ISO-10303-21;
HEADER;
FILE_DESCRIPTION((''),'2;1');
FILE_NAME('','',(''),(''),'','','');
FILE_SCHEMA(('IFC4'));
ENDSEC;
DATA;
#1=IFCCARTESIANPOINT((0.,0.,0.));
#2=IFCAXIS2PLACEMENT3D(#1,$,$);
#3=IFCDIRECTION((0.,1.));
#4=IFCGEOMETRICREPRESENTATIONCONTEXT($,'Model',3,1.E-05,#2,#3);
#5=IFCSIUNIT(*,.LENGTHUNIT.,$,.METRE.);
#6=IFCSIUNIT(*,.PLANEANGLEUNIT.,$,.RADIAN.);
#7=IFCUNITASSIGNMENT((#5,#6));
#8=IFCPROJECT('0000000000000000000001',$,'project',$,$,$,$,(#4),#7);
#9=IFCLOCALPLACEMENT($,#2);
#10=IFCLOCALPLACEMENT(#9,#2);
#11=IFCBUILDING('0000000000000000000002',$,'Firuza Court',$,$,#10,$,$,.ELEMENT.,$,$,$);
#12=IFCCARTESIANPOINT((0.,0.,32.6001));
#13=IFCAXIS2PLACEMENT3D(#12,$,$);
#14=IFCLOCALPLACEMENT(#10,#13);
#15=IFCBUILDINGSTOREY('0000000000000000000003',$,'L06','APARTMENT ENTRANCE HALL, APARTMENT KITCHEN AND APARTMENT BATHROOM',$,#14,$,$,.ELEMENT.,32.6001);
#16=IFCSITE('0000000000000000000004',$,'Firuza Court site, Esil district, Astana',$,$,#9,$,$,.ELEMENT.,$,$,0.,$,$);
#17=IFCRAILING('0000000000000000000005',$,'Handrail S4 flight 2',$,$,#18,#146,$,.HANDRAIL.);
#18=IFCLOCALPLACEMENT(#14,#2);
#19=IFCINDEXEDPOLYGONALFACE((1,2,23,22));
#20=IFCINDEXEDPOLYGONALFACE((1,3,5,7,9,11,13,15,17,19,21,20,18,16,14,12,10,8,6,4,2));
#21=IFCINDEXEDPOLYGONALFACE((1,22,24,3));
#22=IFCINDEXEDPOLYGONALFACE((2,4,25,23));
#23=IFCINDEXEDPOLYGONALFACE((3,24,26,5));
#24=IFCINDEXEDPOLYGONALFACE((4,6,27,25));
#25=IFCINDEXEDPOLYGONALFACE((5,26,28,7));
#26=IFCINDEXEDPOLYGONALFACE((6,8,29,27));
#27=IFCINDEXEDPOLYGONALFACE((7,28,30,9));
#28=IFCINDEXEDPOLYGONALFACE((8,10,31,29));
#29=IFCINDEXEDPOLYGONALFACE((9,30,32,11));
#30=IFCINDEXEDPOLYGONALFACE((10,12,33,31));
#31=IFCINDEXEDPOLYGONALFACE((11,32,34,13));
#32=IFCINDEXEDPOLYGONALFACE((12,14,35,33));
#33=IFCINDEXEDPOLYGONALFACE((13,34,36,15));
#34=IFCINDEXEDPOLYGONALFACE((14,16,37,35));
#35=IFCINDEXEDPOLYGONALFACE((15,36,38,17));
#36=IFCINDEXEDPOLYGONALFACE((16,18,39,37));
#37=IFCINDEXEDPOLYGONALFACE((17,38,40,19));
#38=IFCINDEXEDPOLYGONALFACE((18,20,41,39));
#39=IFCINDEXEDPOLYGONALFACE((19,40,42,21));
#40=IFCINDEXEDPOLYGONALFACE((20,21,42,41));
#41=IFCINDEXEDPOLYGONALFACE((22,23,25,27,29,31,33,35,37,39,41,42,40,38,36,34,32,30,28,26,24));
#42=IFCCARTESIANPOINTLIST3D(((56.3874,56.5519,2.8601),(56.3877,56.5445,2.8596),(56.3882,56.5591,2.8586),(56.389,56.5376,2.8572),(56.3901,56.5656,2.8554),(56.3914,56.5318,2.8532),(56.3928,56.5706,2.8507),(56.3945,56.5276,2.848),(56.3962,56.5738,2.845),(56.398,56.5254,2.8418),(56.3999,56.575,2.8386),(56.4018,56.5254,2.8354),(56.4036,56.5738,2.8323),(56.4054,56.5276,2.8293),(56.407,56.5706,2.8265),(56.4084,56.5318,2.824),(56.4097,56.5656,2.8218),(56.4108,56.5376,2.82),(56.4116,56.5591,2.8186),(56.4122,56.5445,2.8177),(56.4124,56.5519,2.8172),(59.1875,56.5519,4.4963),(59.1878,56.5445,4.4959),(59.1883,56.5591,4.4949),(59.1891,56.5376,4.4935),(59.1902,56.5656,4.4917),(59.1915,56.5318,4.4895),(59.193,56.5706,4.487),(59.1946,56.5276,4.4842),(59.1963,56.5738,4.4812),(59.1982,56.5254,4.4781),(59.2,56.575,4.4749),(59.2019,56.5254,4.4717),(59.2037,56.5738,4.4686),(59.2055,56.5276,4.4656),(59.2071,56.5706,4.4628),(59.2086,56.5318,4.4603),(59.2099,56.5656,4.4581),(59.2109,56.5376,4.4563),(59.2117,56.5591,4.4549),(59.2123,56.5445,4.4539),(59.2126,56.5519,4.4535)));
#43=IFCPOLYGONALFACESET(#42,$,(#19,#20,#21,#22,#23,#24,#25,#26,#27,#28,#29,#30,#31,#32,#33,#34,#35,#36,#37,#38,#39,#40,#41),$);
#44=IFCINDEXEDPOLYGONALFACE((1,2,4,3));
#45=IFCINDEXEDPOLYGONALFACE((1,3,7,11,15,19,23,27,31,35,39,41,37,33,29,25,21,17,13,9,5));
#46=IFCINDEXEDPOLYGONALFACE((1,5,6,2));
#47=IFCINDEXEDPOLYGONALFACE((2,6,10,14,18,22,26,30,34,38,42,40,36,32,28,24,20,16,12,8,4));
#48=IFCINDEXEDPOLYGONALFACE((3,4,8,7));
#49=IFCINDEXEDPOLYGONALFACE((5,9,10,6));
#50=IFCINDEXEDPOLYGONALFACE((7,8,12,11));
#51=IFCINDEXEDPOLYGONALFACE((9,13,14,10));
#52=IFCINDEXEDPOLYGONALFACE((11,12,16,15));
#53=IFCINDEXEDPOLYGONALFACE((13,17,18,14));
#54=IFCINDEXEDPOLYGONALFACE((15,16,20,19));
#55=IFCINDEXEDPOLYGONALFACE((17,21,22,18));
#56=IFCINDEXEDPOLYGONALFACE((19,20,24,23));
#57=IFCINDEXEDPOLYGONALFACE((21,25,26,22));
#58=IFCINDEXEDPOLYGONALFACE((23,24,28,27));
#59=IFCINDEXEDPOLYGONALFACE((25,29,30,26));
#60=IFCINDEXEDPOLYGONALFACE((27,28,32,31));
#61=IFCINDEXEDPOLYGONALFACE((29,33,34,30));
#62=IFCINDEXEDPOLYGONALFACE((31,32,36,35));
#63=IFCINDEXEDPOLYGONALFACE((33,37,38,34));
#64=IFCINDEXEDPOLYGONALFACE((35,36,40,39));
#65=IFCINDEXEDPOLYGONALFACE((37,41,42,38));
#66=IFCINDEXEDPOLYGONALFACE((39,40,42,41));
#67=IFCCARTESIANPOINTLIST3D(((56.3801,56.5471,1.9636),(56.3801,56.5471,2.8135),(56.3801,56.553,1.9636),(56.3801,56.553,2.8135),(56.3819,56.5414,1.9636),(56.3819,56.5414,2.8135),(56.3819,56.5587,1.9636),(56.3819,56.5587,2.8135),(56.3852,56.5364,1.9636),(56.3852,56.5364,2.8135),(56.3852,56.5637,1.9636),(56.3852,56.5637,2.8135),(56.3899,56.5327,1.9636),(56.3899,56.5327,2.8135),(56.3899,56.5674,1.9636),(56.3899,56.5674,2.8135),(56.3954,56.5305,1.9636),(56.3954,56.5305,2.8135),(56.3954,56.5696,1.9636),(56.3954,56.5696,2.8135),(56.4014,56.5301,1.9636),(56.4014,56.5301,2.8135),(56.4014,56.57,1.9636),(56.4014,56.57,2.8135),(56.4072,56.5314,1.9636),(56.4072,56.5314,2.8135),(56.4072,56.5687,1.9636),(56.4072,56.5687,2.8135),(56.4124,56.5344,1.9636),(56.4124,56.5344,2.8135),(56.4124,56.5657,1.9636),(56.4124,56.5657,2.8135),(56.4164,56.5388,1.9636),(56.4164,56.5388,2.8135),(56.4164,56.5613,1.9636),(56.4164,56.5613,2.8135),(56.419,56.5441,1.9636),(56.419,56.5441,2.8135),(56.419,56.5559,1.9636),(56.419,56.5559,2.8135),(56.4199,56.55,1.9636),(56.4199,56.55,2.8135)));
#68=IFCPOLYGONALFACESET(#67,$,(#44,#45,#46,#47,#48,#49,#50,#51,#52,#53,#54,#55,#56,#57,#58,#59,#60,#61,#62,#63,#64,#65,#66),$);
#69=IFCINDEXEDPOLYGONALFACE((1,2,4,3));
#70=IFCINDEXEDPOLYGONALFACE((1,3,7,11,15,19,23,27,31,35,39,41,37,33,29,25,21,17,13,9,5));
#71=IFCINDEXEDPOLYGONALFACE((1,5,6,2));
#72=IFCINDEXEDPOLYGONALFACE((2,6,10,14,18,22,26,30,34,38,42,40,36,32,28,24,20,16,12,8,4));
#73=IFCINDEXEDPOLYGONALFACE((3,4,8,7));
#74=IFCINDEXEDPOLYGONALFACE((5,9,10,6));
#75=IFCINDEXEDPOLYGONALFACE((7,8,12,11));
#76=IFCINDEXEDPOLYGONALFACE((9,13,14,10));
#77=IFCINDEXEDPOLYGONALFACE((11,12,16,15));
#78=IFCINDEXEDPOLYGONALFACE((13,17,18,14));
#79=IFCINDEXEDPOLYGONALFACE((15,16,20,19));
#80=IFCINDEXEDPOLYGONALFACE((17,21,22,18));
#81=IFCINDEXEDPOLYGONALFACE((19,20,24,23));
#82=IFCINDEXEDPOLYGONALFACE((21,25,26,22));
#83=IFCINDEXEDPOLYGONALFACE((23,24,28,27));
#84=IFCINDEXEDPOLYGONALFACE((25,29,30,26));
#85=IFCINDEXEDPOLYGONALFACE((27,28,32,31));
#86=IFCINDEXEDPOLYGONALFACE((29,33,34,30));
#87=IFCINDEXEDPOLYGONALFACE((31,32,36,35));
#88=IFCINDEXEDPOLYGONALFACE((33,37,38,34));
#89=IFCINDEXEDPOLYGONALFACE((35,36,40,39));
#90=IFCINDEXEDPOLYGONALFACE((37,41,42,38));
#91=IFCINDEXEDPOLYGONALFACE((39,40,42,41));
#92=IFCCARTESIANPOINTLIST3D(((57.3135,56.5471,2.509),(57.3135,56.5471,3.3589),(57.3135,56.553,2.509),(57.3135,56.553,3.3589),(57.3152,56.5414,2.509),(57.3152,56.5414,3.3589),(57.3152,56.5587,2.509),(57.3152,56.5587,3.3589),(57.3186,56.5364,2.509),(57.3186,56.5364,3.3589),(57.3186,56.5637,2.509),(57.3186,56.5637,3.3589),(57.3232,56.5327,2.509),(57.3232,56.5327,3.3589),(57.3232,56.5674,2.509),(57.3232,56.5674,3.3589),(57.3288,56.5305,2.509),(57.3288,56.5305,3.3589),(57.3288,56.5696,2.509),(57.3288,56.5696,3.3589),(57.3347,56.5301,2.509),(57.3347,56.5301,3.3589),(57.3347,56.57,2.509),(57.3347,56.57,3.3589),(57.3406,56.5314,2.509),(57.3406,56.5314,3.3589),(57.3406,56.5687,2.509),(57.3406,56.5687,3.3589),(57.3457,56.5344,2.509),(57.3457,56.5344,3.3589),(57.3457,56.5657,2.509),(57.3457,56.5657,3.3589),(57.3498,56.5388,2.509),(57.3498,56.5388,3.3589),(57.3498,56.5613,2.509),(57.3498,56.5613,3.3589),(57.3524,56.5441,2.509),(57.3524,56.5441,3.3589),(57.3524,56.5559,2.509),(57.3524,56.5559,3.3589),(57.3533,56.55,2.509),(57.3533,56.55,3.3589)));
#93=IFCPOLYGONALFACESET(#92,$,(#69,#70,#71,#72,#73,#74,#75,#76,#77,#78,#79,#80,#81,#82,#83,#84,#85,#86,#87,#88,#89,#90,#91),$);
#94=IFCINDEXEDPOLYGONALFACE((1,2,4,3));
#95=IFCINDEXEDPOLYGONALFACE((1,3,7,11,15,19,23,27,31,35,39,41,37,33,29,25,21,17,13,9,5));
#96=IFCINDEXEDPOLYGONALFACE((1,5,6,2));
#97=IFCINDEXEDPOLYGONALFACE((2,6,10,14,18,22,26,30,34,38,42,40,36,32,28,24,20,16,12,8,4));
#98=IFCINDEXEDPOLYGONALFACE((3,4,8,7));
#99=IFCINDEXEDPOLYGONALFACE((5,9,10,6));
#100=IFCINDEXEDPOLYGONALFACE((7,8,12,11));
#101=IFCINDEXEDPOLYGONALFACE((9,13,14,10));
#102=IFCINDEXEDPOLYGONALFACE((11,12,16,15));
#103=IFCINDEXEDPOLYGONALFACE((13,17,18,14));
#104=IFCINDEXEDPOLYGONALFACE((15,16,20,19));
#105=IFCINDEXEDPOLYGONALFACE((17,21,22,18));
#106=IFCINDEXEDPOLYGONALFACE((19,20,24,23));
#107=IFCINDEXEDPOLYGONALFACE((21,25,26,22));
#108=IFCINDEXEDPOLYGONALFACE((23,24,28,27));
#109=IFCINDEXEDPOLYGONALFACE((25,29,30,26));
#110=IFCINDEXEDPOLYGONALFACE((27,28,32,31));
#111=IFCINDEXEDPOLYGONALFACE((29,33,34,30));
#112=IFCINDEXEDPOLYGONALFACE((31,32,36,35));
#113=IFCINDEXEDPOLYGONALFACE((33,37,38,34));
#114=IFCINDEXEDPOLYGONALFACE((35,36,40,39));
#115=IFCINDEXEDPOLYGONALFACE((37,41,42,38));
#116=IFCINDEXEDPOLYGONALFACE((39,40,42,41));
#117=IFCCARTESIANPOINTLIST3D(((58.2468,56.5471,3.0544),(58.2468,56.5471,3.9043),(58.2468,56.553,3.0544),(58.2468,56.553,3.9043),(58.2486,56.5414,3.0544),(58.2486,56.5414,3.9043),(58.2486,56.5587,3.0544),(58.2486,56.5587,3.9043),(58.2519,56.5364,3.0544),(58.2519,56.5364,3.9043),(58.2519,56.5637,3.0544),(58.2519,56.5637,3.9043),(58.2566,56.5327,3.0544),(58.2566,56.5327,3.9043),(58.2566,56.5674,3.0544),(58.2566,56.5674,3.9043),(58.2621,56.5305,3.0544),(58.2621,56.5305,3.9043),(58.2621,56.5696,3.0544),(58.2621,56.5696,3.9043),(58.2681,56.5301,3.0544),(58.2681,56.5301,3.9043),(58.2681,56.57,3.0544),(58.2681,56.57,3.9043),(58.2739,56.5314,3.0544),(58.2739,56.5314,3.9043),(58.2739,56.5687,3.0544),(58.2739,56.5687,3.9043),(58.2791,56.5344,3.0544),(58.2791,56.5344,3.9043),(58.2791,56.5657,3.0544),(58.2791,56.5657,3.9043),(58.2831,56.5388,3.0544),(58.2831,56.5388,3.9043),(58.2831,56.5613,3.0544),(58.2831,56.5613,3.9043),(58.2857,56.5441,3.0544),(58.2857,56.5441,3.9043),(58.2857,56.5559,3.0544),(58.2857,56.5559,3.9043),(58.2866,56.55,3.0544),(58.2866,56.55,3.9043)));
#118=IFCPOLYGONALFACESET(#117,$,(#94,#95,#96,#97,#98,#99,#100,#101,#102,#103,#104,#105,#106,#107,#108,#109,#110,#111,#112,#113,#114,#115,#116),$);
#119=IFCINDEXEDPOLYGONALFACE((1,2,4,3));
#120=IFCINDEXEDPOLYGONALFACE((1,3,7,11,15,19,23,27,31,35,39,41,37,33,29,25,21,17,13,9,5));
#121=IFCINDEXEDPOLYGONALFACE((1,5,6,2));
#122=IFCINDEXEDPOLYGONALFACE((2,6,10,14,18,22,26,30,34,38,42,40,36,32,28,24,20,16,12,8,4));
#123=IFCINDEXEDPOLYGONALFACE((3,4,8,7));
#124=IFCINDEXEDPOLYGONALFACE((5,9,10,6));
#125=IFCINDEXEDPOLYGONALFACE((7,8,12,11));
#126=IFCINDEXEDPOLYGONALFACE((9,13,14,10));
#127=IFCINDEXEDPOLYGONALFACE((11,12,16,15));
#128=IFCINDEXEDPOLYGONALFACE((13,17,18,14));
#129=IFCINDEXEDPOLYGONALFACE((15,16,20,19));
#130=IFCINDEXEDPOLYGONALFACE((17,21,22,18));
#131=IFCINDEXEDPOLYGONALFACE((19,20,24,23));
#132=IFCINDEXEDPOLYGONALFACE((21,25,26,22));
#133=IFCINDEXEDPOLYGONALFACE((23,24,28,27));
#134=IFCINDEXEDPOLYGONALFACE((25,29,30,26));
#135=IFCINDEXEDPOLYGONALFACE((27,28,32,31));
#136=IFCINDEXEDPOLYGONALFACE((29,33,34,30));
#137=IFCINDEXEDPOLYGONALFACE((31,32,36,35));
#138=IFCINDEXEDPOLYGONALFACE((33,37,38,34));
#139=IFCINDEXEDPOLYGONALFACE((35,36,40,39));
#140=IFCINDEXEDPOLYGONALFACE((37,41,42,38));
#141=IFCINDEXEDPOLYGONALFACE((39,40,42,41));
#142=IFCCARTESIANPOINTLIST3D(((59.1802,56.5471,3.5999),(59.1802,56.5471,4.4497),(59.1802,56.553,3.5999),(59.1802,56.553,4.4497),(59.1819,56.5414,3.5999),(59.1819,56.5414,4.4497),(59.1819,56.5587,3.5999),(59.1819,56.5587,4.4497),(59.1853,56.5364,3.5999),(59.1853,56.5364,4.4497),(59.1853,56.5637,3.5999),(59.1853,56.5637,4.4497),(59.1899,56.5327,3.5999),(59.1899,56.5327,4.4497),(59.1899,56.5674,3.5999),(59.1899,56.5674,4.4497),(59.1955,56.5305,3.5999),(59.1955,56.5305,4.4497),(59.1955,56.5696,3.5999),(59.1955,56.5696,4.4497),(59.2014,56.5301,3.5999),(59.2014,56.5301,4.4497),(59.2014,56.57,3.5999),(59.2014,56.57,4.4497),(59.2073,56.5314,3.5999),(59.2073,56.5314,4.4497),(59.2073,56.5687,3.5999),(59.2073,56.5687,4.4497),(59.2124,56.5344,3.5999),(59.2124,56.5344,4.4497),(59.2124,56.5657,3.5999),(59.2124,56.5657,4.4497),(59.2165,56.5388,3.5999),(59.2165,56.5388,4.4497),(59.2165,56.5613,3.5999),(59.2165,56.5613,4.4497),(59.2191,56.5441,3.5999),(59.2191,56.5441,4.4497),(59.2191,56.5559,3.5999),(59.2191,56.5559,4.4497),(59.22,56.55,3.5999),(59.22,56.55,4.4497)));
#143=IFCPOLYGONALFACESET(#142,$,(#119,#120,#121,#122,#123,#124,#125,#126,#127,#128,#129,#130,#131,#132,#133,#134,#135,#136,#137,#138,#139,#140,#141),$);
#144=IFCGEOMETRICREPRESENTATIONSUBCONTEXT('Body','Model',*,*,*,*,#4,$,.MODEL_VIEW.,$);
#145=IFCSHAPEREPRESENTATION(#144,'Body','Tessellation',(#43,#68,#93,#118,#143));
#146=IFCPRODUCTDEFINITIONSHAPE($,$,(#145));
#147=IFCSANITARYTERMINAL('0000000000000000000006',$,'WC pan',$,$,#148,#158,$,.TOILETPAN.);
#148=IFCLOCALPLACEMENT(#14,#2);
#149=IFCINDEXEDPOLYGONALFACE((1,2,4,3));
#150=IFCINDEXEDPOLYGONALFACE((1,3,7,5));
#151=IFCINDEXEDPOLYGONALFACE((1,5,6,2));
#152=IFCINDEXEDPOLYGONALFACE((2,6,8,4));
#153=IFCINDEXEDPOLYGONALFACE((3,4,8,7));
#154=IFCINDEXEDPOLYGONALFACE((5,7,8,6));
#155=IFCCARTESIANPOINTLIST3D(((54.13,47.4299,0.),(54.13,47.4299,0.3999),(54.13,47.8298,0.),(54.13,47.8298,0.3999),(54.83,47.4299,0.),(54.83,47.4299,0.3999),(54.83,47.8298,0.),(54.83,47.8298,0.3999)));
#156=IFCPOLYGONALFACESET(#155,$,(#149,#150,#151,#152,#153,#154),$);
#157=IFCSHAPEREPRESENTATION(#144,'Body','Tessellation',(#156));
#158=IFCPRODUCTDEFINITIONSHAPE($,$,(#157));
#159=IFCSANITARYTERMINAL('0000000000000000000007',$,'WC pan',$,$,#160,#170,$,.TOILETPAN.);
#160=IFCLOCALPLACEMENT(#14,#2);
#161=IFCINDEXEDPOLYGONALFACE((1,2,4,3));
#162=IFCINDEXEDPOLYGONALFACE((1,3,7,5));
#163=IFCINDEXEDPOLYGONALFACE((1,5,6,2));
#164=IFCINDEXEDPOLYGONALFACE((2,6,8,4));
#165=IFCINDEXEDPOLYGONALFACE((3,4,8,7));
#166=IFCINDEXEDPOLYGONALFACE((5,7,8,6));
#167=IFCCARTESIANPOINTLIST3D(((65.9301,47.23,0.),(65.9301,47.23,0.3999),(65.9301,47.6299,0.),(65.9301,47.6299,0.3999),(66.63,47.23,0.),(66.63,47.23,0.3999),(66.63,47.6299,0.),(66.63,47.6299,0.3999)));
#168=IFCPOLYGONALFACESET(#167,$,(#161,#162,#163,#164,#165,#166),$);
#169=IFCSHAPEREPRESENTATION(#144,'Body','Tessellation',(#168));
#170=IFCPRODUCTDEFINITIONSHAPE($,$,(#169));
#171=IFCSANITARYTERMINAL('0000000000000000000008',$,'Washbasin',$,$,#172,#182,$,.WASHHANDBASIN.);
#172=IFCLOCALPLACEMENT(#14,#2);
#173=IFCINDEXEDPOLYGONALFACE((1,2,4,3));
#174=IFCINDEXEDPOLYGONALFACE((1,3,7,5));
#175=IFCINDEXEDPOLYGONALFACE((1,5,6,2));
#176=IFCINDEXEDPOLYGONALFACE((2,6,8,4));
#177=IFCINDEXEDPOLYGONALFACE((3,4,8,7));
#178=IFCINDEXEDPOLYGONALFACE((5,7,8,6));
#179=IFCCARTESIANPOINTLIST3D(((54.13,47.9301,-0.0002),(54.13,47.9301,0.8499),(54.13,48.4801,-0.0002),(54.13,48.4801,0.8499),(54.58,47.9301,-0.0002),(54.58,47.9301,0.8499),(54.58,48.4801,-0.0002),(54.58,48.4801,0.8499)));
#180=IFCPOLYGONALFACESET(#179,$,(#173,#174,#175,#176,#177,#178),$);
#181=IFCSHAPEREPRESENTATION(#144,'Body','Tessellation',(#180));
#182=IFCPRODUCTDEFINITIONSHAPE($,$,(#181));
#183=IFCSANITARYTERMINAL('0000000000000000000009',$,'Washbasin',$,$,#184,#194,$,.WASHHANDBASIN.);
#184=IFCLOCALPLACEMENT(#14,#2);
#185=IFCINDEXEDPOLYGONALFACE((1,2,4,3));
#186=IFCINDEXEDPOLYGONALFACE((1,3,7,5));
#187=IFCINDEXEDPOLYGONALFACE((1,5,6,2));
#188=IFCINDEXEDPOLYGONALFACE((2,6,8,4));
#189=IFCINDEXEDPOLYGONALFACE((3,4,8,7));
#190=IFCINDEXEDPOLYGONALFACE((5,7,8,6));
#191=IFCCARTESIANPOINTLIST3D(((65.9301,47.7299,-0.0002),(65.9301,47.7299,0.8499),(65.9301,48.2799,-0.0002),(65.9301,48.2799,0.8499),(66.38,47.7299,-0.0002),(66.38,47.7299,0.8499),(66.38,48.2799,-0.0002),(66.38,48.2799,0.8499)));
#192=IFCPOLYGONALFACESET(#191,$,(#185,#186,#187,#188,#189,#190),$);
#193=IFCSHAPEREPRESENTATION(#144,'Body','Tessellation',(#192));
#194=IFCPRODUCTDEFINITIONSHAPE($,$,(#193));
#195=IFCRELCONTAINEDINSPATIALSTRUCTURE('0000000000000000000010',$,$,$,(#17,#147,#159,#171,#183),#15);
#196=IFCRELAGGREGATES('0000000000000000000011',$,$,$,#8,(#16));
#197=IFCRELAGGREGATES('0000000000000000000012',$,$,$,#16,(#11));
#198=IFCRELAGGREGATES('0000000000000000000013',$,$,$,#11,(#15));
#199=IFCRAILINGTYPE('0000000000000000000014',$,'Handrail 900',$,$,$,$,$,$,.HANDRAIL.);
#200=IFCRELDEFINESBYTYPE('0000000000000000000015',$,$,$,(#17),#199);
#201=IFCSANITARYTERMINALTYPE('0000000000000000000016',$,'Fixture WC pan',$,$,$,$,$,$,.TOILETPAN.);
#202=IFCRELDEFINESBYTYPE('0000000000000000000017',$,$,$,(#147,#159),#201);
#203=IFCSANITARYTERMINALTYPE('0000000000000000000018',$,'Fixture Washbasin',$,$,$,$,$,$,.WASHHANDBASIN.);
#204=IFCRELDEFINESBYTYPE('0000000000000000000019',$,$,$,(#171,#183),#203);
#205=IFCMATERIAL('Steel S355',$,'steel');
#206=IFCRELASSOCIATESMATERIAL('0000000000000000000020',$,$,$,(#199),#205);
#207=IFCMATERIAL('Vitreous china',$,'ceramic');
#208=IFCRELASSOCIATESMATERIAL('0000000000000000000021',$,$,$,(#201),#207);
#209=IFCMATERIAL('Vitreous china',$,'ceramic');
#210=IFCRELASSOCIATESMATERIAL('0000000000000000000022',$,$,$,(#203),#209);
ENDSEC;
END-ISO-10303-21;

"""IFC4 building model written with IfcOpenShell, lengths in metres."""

from ifc_helpers import new_model, si_unit, direction, frame, origin, origin_2d, place, context, subcontext, project, spatial, rectangle, circle, extrude, material, type_object, element, save


model = new_model("IFC4")

# Units and contexts
model_context = context("Model", 3, precision=1e-05, world=origin(), true_north=direction((0.0, 1.0)))
body_context = subcontext(model_context, "Body", "Model", "MODEL_VIEW")
ifc_project = project(units=[si_unit("LENGTHUNIT", "METRE"), si_unit("PLANEANGLEUNIT", "RADIAN")], contexts=[model_context])

# Site, building, storey
site_placement = place(None, origin())
site = spatial("IfcSite", under=ifc_project, at=site_placement, Name="Firuza Court site, Esil district, Astana", CompositionType="ELEMENT", RefElevation=0.0)
building_placement = place(site_placement, origin())
building = spatial("IfcBuilding", under=site, at=building_placement, Name="Firuza Court", CompositionType="ELEMENT")
storey_placement = place(building_placement, frame((0.0, 0.0, 32.6001)))
storey = spatial("IfcBuildingStorey", under=building, at=storey_placement, Name="L06", Description="APARTMENT ENTRANCE HALL, APARTMENT KITCHEN AND APARTMENT BATHROOM", CompositionType="ELEMENT", Elevation=32.6001)

# Railing
ifc_material_1 = material(Name="Steel S355", Category="steel")
railing_type_1 = type_object("IfcRailingType", Name="Handrail 900", PredefinedType="HANDRAIL", material=ifc_material_1)
railing_1_placement = place(storey_placement, frame((56.3999, 56.55, 1.9636)))
element("IfcRailing", 1, at=railing_1_placement, inside=storey, type_object=railing_type_1, Name="Handrail S4 flight 2", PredefinedType="HANDRAIL", context=body_context, shape_type="SweptSolid", body=[
    extrude(circle(Radius=0.0249, at=origin_2d()), frame((0.0, 0.0, 0.875), z_axis=(0.863394, 0.0, 0.504531), x_axis=(0.0, 1.0, 0.0)), (0.0, 0.0, 1.0), 3.2432),
    extrude(circle(Radius=0.02, at=origin_2d()), origin(), (0.0, 0.0, 1.0), 0.8499),
    extrude(circle(Radius=0.02, at=origin_2d()), frame((0.9333, 0.0, 0.5454)), (0.0, 0.0, 1.0), 0.8499),
    extrude(circle(Radius=0.02, at=origin_2d()), frame((1.8667, 0.0, 1.0908)), (0.0, 0.0, 1.0), 0.8499),
    extrude(circle(Radius=0.02, at=origin_2d()), frame((2.8, 0.0, 1.6362)), (0.0, 0.0, 1.0), 0.8499),
])

# Sanitary terminals
ifc_material_2 = material(Name="Vitreous china", Category="ceramic")
sanitary_terminal_type_1 = type_object("IfcSanitaryTerminalType", Name="Fixture WC pan", PredefinedType="TOILETPAN", material=ifc_material_2)
for number, where, z_axis, x_axis, name in (
    (2, (54.48, 47.6299, 0.0), (0.0, 0.0, 1.0), (1.0, 0.0, 0.0), "WC pan"),
    (3, (66.28, 47.4299, 0.0), (0.0, 0.0, 1.0), (1.0, 0.0, 0.0), "WC pan"),
):
    element("IfcSanitaryTerminal", number, at=place(storey_placement, frame(where, z_axis=z_axis, x_axis=x_axis)), inside=storey, type_object=sanitary_terminal_type_1, Name=name, PredefinedType="TOILETPAN", context=body_context, shape_type="SweptSolid", body=[
        extrude(rectangle(XDim=0.7, YDim=0.3999, at=origin_2d()), origin(), (0.0, 0.0, 1.0), 0.3999),
    ])
ifc_material_3 = material(Name="Vitreous china", Category="ceramic")
sanitary_terminal_type_2 = type_object("IfcSanitaryTerminalType", Name="Fixture Washbasin", PredefinedType="WASHHANDBASIN", material=ifc_material_3)
for number, where, z_axis, x_axis, name in (
    (4, (54.355, 48.2051, -0.0002), (0.0, 0.0, 1.0), (1.0, 0.0, 0.0), "Washbasin"),
    (5, (66.155, 48.0049, -0.0002), (0.0, 0.0, 1.0), (1.0, 0.0, 0.0), "Washbasin"),
):
    element("IfcSanitaryTerminal", number, at=place(storey_placement, frame(where, z_axis=z_axis, x_axis=x_axis)), inside=storey, type_object=sanitary_terminal_type_2, Name=name, PredefinedType="WASHHANDBASIN", context=body_context, shape_type="SweptSolid", body=[
        extrude(rectangle(XDim=0.45, YDim=0.55, at=origin_2d()), origin(), (0.0, 0.0, 1.0), 0.8501),
    ])

save(model, "model.ifc")
